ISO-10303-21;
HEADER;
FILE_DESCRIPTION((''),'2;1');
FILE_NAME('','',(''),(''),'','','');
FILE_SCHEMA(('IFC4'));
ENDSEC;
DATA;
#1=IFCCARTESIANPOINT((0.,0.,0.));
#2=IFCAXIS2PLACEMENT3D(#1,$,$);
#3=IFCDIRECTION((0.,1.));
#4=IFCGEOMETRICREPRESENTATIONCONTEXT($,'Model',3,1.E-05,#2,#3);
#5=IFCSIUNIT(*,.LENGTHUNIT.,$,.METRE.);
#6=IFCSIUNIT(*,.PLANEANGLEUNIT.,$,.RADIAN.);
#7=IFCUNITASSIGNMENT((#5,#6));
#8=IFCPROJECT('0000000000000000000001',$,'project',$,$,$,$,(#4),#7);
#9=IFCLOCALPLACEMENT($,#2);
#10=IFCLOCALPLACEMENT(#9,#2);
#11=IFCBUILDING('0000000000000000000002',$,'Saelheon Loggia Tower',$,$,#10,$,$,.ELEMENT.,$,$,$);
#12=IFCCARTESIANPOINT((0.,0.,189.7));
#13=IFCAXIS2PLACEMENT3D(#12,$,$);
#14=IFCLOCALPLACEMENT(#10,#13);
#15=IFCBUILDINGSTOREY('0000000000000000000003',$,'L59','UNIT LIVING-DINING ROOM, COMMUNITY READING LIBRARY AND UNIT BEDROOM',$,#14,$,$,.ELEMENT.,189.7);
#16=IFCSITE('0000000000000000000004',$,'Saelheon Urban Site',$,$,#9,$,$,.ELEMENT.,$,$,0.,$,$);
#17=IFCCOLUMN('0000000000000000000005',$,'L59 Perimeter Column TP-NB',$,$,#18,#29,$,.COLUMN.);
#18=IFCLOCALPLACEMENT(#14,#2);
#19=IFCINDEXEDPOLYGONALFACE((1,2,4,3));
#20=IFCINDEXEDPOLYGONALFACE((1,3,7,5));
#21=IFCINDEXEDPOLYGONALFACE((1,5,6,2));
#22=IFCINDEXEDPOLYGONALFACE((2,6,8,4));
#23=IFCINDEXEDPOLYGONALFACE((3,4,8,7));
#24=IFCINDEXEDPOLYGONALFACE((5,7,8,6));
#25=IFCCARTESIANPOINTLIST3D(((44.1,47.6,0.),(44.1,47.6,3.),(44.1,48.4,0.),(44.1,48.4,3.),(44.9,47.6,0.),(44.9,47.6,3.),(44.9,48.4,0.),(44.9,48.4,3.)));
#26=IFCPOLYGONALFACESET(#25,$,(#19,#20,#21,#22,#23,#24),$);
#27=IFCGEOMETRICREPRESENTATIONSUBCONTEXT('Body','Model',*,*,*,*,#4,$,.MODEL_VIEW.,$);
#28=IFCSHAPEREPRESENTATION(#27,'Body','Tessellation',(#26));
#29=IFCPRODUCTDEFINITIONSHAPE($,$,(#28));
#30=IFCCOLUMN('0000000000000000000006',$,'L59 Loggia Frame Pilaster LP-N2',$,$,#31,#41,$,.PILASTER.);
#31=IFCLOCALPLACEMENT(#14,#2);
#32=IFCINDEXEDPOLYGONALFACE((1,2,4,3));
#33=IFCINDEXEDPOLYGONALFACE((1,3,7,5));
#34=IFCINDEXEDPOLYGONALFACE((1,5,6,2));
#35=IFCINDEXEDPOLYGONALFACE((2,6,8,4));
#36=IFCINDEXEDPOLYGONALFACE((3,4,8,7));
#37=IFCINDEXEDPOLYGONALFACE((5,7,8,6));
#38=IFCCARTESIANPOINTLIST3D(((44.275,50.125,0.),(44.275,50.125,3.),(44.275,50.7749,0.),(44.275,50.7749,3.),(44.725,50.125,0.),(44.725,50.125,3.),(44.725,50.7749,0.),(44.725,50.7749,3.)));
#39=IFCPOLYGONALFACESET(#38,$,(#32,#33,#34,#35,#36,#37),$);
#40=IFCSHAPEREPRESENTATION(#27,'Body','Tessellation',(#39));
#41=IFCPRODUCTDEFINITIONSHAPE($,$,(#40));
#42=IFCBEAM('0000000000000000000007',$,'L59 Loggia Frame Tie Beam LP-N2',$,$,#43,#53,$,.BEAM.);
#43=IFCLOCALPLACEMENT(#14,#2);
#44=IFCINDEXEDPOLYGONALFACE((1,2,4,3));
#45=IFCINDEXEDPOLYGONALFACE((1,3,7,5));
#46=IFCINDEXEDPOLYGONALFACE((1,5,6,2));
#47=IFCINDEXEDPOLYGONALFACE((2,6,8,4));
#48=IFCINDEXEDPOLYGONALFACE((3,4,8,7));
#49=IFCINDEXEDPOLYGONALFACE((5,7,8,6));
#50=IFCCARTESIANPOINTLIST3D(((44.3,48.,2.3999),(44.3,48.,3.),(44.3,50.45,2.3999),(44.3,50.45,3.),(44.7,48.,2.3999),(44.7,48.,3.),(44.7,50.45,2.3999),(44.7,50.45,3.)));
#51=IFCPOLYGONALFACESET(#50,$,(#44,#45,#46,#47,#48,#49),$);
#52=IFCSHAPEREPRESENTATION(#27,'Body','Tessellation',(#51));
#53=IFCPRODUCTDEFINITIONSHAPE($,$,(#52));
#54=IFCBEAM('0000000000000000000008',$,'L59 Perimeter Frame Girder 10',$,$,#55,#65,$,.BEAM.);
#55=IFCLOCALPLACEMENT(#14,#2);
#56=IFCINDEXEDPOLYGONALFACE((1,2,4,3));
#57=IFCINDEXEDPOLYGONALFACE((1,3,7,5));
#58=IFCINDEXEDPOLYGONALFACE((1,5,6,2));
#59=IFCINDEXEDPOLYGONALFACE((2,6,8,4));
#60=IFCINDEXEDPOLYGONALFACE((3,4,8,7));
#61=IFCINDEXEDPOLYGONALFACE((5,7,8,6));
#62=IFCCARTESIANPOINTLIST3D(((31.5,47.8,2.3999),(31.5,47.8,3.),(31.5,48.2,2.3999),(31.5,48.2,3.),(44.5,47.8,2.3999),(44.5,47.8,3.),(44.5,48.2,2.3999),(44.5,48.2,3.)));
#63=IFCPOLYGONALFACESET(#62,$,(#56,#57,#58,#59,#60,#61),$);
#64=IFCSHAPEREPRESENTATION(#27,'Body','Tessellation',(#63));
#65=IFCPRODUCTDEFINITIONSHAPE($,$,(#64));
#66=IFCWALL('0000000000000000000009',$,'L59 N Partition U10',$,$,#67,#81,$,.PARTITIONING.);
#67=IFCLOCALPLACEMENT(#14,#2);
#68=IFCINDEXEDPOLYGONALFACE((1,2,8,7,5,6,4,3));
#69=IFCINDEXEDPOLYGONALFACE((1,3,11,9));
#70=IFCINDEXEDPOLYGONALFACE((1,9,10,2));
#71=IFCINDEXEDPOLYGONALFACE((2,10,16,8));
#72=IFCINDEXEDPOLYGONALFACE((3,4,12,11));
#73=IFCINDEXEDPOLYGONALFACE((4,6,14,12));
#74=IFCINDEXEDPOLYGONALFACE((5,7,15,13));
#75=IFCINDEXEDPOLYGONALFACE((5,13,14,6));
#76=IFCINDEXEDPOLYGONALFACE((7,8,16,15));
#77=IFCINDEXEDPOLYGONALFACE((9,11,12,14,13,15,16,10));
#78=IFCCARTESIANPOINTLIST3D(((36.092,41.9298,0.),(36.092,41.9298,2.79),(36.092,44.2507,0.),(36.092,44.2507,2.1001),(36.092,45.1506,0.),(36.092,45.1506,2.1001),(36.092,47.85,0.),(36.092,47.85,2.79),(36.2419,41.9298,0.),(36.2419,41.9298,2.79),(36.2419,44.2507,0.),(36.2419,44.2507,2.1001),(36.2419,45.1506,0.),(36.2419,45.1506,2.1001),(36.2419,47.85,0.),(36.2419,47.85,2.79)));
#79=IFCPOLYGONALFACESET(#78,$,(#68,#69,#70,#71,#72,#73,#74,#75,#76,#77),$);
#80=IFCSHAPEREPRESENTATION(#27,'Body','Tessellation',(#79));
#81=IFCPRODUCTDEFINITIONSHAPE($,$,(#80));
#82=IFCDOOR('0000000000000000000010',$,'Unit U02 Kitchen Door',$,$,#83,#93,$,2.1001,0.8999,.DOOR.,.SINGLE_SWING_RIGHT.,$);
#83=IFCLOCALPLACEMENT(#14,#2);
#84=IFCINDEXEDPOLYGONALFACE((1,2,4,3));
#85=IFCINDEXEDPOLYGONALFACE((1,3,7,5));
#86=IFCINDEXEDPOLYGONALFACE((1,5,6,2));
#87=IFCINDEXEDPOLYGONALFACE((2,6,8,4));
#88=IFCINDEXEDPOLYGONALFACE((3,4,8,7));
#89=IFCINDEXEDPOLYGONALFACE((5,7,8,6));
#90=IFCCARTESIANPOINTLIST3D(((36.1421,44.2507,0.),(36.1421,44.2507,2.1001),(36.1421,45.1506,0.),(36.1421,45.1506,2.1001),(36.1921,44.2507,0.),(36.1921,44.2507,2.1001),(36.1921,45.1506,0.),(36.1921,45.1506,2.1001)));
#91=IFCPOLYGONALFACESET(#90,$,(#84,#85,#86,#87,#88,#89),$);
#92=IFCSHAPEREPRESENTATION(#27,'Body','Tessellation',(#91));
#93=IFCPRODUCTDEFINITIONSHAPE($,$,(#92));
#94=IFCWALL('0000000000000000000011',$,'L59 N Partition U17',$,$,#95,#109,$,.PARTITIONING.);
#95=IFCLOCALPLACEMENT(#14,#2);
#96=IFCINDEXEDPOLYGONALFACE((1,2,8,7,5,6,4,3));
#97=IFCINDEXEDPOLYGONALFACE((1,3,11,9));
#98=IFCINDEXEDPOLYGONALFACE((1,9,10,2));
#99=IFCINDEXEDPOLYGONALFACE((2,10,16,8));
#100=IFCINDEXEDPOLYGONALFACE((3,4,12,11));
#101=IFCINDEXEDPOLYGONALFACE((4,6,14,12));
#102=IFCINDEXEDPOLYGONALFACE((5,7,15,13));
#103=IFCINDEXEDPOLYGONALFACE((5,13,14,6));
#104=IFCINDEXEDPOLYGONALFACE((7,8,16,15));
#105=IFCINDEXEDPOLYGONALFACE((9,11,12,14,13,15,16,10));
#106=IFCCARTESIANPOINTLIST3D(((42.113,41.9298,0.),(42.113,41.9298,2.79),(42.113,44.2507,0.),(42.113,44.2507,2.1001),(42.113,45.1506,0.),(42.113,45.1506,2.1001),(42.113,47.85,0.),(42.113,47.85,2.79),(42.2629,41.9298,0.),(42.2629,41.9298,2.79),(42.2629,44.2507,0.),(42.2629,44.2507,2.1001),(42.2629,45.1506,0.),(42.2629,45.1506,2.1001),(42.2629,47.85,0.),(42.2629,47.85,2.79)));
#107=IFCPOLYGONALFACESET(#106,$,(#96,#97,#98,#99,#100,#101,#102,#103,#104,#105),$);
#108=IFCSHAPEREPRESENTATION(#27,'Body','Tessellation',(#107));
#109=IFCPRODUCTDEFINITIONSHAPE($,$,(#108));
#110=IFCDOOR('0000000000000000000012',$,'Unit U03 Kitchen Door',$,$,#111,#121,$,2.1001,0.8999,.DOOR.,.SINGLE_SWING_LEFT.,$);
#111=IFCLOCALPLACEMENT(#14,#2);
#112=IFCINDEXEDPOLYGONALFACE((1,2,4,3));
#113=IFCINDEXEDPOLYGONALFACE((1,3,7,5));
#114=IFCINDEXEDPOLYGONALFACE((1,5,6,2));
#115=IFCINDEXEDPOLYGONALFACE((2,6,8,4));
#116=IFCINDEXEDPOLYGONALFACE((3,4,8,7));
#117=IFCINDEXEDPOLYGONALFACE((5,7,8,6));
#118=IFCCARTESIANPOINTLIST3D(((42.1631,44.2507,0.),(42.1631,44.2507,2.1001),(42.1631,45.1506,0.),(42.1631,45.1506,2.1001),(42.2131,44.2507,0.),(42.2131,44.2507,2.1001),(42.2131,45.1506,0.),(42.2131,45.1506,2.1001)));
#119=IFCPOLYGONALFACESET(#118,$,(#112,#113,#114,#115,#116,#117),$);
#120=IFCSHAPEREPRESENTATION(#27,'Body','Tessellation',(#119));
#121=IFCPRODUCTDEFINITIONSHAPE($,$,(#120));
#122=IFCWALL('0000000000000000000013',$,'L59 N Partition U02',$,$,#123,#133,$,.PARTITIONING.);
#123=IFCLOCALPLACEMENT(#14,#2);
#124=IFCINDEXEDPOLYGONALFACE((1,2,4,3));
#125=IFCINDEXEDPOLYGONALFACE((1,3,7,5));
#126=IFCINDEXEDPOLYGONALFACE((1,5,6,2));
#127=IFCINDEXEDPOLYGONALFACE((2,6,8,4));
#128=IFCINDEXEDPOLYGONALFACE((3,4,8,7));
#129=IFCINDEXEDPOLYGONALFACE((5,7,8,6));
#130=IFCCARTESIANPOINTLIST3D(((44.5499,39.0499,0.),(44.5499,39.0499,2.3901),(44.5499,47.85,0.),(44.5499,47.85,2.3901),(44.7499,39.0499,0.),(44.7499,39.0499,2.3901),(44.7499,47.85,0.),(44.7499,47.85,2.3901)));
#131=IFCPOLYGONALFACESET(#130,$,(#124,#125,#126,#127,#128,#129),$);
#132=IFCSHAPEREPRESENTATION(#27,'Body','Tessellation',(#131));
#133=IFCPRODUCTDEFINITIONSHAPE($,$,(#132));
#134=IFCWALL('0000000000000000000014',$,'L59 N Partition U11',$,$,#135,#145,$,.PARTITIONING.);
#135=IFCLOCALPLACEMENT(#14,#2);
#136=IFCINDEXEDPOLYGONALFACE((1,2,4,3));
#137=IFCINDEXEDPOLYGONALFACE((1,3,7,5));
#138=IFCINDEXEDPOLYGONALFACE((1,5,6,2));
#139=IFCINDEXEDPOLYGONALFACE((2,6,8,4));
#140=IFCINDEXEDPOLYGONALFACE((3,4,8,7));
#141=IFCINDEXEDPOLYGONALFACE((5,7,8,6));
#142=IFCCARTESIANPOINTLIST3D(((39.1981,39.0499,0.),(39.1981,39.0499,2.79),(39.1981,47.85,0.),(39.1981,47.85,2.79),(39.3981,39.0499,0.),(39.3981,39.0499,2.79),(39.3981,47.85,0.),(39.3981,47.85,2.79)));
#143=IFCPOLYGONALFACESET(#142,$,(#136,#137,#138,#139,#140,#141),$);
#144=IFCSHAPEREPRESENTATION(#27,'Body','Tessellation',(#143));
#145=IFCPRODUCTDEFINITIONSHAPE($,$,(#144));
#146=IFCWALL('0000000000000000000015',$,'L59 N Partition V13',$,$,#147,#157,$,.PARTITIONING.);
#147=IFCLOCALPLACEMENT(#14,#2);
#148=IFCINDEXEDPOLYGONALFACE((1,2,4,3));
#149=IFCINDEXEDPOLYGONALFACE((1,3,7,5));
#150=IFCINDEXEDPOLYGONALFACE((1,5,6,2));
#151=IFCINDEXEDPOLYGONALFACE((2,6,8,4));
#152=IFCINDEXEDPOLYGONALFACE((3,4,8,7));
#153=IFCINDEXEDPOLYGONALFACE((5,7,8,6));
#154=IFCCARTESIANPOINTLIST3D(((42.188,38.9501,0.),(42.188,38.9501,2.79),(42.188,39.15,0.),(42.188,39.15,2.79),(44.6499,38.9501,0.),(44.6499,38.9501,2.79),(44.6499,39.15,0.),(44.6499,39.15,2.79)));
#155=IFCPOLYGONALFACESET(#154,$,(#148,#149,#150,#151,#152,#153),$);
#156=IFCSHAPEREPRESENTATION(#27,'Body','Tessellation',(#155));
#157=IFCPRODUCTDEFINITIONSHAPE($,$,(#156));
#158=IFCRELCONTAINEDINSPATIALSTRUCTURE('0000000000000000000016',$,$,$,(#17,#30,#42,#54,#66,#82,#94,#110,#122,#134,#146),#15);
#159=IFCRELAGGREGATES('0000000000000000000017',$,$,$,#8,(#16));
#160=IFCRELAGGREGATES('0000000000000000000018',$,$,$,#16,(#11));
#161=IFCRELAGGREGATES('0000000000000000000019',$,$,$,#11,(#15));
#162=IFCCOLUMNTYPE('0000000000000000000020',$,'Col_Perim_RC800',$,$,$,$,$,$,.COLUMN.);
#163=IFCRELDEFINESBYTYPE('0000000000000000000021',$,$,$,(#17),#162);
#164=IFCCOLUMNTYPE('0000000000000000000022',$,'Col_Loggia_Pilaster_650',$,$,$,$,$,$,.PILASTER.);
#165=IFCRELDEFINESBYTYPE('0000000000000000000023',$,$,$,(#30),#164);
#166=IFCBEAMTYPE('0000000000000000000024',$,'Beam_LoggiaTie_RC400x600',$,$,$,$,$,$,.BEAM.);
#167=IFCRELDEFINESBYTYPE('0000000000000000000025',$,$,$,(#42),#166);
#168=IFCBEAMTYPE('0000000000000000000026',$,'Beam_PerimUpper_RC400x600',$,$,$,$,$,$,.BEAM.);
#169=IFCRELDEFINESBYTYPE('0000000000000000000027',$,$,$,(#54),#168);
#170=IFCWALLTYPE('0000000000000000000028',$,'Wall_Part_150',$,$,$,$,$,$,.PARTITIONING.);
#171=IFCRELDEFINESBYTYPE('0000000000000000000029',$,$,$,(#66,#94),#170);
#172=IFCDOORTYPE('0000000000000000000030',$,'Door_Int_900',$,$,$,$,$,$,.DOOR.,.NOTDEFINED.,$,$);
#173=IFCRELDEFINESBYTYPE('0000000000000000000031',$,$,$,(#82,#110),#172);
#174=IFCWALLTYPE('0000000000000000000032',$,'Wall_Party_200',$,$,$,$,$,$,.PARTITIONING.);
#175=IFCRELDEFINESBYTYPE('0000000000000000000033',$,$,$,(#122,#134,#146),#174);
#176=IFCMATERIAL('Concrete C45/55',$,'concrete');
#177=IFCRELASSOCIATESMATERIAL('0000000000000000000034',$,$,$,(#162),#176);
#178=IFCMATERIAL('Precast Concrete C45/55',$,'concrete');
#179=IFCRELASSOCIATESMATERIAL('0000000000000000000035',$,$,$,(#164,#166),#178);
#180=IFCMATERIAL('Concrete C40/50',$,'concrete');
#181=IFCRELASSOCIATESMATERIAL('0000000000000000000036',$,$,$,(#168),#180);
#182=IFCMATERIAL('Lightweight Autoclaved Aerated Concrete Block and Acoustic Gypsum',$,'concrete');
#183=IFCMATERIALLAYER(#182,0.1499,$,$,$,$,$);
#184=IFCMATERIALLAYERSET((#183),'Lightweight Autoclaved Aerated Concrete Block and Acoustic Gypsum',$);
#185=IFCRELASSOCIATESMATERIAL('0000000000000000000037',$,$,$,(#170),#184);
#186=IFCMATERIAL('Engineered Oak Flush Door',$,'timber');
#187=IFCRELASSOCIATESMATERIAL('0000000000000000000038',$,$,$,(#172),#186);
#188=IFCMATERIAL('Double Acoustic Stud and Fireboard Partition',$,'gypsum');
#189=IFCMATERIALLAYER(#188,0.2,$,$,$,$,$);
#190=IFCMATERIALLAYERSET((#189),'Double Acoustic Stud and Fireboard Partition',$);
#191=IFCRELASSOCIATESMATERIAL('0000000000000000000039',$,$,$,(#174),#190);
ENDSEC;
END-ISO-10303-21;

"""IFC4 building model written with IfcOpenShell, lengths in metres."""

from ifc_helpers import new_model, si_unit, direction, frame, frame_2d, origin, origin_2d, place, context, subcontext, project, spatial, rectangle, extrude, source, transform, mapped, material, layer, layer_set, material_profile, profile_set, type_object, element, fill, save


model = new_model("IFC4")

# Units and contexts
model_context = context("Model", 3, precision=1e-05, world=origin(), true_north=direction((0.0, 1.0)))
body_context = subcontext(model_context, "Body", "Model", "MODEL_VIEW")
ifc_project = project(units=[si_unit("LENGTHUNIT", "METRE"), si_unit("PLANEANGLEUNIT", "RADIAN")], contexts=[model_context])

# Site, building, storey
site_placement = place(None, origin())
site = spatial("IfcSite", under=ifc_project, at=site_placement, Name="Saelheon Urban Site", CompositionType="ELEMENT", RefElevation=0.0)
building_placement = place(site_placement, origin())
building = spatial("IfcBuilding", under=site, at=building_placement, Name="Saelheon Loggia Tower", CompositionType="ELEMENT")
storey_placement = place(building_placement, frame((0.0, 0.0, 189.7)))
storey = spatial("IfcBuildingStorey", under=building, at=storey_placement, Name="L59", Description="UNIT LIVING-DINING ROOM, COMMUNITY READING LIBRARY AND UNIT BEDROOM", CompositionType="ELEMENT", Elevation=189.7)

# Columns
ifc_material_1 = material(Name="Concrete C45/55", Category="concrete")
ifc_material_profile_1 = material_profile(ifc_material_1, rectangle(XDim=0.8, YDim=0.8, at=origin_2d()), Name="RC-800x800")
ifc_profile_set_1 = profile_set([ifc_material_profile_1], Name="Concrete C45/55")
column_type_1 = type_object("IfcColumnType", Name="Col_Perim_RC800", PredefinedType="COLUMN", material=ifc_profile_set_1)
shared_shape_1 = source(origin(), body_context, "Body", "SweptSolid", [
    extrude(rectangle(XDim=0.8, YDim=0.8, at=origin_2d()), origin(), (0.0, 0.0, 1.0), 3.0),
])
column_1_placement = place(storey_placement, frame((44.5, 48.0, 0.0), z_axis=(0.0, 0.0, 1.0), x_axis=(1.0, 0.0, 0.0)))
element("IfcColumn", 1, at=column_1_placement, inside=storey, type_object=column_type_1, Name="L59 Perimeter Column TP-NB", PredefinedType="COLUMN", context=body_context, shape_type="MappedRepresentation", body=[
    mapped(shared_shape_1, transform((0.0, 0.0, 0.0), scale=1.0)),
])
ifc_material_2 = material(Name="Precast Concrete C45/55", Category="concrete")
ifc_material_profile_2 = material_profile(ifc_material_2, rectangle(XDim=0.45, YDim=0.6499, at=origin_2d()), Name="RC-450x650")
ifc_profile_set_2 = profile_set([ifc_material_profile_2], Name="Precast Concrete C45/55")
column_type_2 = type_object("IfcColumnType", Name="Col_Loggia_Pilaster_650", PredefinedType="PILASTER", material=ifc_profile_set_2)
shared_shape_2 = source(origin(), body_context, "Body", "SweptSolid", [
    extrude(rectangle(XDim=0.45, YDim=0.6499, at=origin_2d()), origin(), (0.0, 0.0, 1.0), 3.0),
])
column_2_placement = place(storey_placement, frame((44.5, 50.45, 0.0), z_axis=(0.0, 0.0, 1.0), x_axis=(1.0, 0.0, 0.0)))
element("IfcColumn", 2, at=column_2_placement, inside=storey, type_object=column_type_2, Name="L59 Loggia Frame Pilaster LP-N2", PredefinedType="PILASTER", context=body_context, shape_type="MappedRepresentation", body=[
    mapped(shared_shape_2, transform((0.0, 0.0, 0.0), scale=1.0)),
])

# Beams
ifc_material_profile_3 = material_profile(ifc_material_2, rectangle(XDim=0.3999, YDim=0.6001, at=origin_2d()), Name="RC-400x600")
ifc_profile_set_3 = profile_set([ifc_material_profile_3], Name="Precast Concrete C45/55")
beam_type_1 = type_object("IfcBeamType", Name="Beam_LoggiaTie_RC400x600", PredefinedType="BEAM", material=ifc_profile_set_3)
shared_shape_3 = source(origin(), body_context, "Body", "SweptSolid", [
    extrude(rectangle(XDim=0.3999, YDim=0.6001, at=origin_2d()), origin(), (0.0, 0.0, 1.0), 2.45),
])
beam_1_placement = place(storey_placement, frame((44.5, 48.0, 2.7), z_axis=(0.0, 1.0, 0.0), x_axis=(-1.0, 0.0, 0.0)))
element("IfcBeam", 3, at=beam_1_placement, inside=storey, type_object=beam_type_1, Name="L59 Loggia Frame Tie Beam LP-N2", PredefinedType="BEAM", context=body_context, shape_type="MappedRepresentation", body=[
    mapped(shared_shape_3, transform((0.0, 0.0, 0.0), scale=1.0)),
])
ifc_material_3 = material(Name="Concrete C40/50", Category="concrete")
ifc_material_profile_4 = material_profile(ifc_material_3, rectangle(XDim=0.3999, YDim=0.6001, at=origin_2d()), Name="RC-400x600")
ifc_profile_set_4 = profile_set([ifc_material_profile_4], Name="Concrete C40/50")
beam_type_2 = type_object("IfcBeamType", Name="Beam_PerimUpper_RC400x600", PredefinedType="BEAM", material=ifc_profile_set_4)
shared_shape_4 = source(origin(), body_context, "Body", "SweptSolid", [
    extrude(rectangle(XDim=0.3999, YDim=0.6001, at=origin_2d()), origin(), (0.0, 0.0, 1.0), 13.0),
])
beam_2_placement = place(storey_placement, frame((44.5, 48.0, 2.7), z_axis=(-1.0, 0.0, 0.0), x_axis=(0.0, -1.0, 0.0)))
element("IfcBeam", 4, at=beam_2_placement, inside=storey, type_object=beam_type_2, Name="L59 Perimeter Frame Girder 10", PredefinedType="BEAM", context=body_context, shape_type="MappedRepresentation", body=[
    mapped(shared_shape_4, transform((0.0, 0.0, 0.0), scale=1.0)),
])

# Walls, openings, doors
ifc_material_4 = material(Name="Lightweight Autoclaved Aerated Concrete Block and Acoustic Gypsum", Category="concrete")
ifc_layer_1 = layer(ifc_material_4, 0.1499)
ifc_layer_set_1 = layer_set([ifc_layer_1], Name="Lightweight Autoclaved Aerated Concrete Block and Acoustic Gypsum")
wall_type_1 = type_object("IfcWallType", Name="Wall_Part_150", PredefinedType="PARTITIONING", material=ifc_layer_set_1)
wall_1_placement = place(storey_placement, frame((36.167, 41.9299, 0.0), z_axis=(0.0, 0.0, 1.0), x_axis=(0.0, 1.0, 0.0)))
wall_1 = element("IfcWall", 5, at=wall_1_placement, inside=storey, type_object=wall_type_1, Name="L59 N Partition U10", PredefinedType="PARTITIONING", context=body_context, shape_type="SweptSolid", body=[
    extrude(rectangle(XDim=5.9202, YDim=0.1499, at=frame_2d((2.96, 0.0))), origin(), (0.0, 0.0, 1.0), 2.79),
])
opening_1_placement = place(wall_1_placement, frame((2.3208, 0.0, 0.0)))
opening_1 = element("IfcOpeningElement", 6, at=opening_1_placement, cuts=wall_1, PredefinedType="OPENING", context=body_context, shape_type="SweptSolid", body=[
    extrude(rectangle(XDim=0.8999, YDim=2.1001, at=frame_2d((0.45, 1.05))), frame((0.0, 0.0869, 0.0), z_axis=(0.0, -1.0, 0.0), x_axis=(1.0, 0.0, 0.0)), (0.0, 0.0, 1.0), 0.1738),
])
ifc_material_5 = material(Name="Engineered Oak Flush Door", Category="timber")
door_type_1 = type_object("IfcDoorType", Name="Door_Int_900", OperationType="NOTDEFINED", PredefinedType="DOOR", material=ifc_material_5)
shared_shape_5 = source(origin(), body_context, "Body", "SweptSolid", [
    extrude(rectangle(XDim=0.8999, YDim=2.1001, at=frame_2d((0.45, 1.05))), frame((0.0, 0.0249, 0.0), z_axis=(0.0, -1.0, 0.0), x_axis=(1.0, 0.0, 0.0)), (0.0, 0.0, 1.0), 0.05),
])
door_1_placement = place(opening_1_placement, origin())
door_1 = element("IfcDoor", 7, at=door_1_placement, inside=storey, type_object=door_type_1, Name="Unit U02 Kitchen Door", OperationType="SINGLE_SWING_RIGHT", OverallHeight=2.1001, OverallWidth=0.8999, PredefinedType="DOOR", context=body_context, shape_type="MappedRepresentation", body=[
    mapped(shared_shape_5, transform((0.0, 0.0, 0.0), scale=1.0)),
])
fill(opening_1, door_1)
wall_2_placement = place(storey_placement, frame((42.188, 41.9299, 0.0), z_axis=(0.0, 0.0, 1.0), x_axis=(0.0, 1.0, 0.0)))
wall_2 = element("IfcWall", 8, at=wall_2_placement, inside=storey, type_object=wall_type_1, Name="L59 N Partition U17", PredefinedType="PARTITIONING", context=body_context, shape_type="SweptSolid", body=[
    extrude(rectangle(XDim=5.9202, YDim=0.1499, at=frame_2d((2.96, 0.0))), origin(), (0.0, 0.0, 1.0), 2.79),
])
opening_2_placement = place(wall_2_placement, frame((2.3208, 0.0, 0.0)))
opening_2 = element("IfcOpeningElement", 9, at=opening_2_placement, cuts=wall_2, PredefinedType="OPENING", context=body_context, shape_type="SweptSolid", body=[
    extrude(rectangle(XDim=0.8999, YDim=2.1001, at=frame_2d((0.45, 1.05))), frame((0.0, 0.0869, 0.0), z_axis=(0.0, -1.0, 0.0), x_axis=(1.0, 0.0, 0.0)), (0.0, 0.0, 1.0), 0.1738),
])
door_2_placement = place(opening_2_placement, origin())
door_2 = element("IfcDoor", 10, at=door_2_placement, inside=storey, type_object=door_type_1, Name="Unit U03 Kitchen Door", OperationType="SINGLE_SWING_LEFT", OverallHeight=2.1001, OverallWidth=0.8999, PredefinedType="DOOR", context=body_context, shape_type="MappedRepresentation", body=[
    mapped(shared_shape_5, transform((0.0, 0.0, 0.0), scale=1.0)),
])
fill(opening_2, door_2)

# Walls
ifc_material_6 = material(Name="Double Acoustic Stud and Fireboard Partition", Category="gypsum")
ifc_layer_2 = layer(ifc_material_6, 0.2)
ifc_layer_set_2 = layer_set([ifc_layer_2], Name="Double Acoustic Stud and Fireboard Partition")
wall_type_2 = type_object("IfcWallType", Name="Wall_Party_200", PredefinedType="PARTITIONING", material=ifc_layer_set_2)
wall_3_placement = place(storey_placement, frame((44.6499, 39.05, 0.0), z_axis=(0.0, 0.0, 1.0), x_axis=(0.0, 1.0, 0.0)))
element("IfcWall", 11, at=wall_3_placement, inside=storey, type_object=wall_type_2, Name="L59 N Partition U02", PredefinedType="PARTITIONING", context=body_context, shape_type="SweptSolid", body=[
    extrude(rectangle(XDim=8.8, YDim=0.2, at=frame_2d((4.3999, 0.0))), origin(), (0.0, 0.0, 1.0), 2.3901),
])
wall_4_placement = place(storey_placement, frame((39.2981, 39.05, 0.0), z_axis=(0.0, 0.0, 1.0), x_axis=(0.0, 1.0, 0.0)))
element("IfcWall", 12, at=wall_4_placement, inside=storey, type_object=wall_type_2, Name="L59 N Partition U11", PredefinedType="PARTITIONING", context=body_context, shape_type="SweptSolid", body=[
    extrude(rectangle(XDim=8.8, YDim=0.2, at=frame_2d((4.3999, 0.0))), origin(), (0.0, 0.0, 1.0), 2.79),
])

# Wall
wall_5_placement = place(storey_placement, frame((42.188, 39.05, 0.0), z_axis=(0.0, 0.0, 1.0), x_axis=(1.0, 0.0, 0.0)))
element("IfcWall", 13, at=wall_5_placement, inside=storey, type_object=wall_type_2, Name="L59 N Partition V13", PredefinedType="PARTITIONING", context=body_context, shape_type="SweptSolid", body=[
    extrude(rectangle(XDim=2.4619, YDim=0.2, at=frame_2d((1.231, 0.0))), origin(), (0.0, 0.0, 1.0), 2.79),
])

save(model, "model.ifc")
